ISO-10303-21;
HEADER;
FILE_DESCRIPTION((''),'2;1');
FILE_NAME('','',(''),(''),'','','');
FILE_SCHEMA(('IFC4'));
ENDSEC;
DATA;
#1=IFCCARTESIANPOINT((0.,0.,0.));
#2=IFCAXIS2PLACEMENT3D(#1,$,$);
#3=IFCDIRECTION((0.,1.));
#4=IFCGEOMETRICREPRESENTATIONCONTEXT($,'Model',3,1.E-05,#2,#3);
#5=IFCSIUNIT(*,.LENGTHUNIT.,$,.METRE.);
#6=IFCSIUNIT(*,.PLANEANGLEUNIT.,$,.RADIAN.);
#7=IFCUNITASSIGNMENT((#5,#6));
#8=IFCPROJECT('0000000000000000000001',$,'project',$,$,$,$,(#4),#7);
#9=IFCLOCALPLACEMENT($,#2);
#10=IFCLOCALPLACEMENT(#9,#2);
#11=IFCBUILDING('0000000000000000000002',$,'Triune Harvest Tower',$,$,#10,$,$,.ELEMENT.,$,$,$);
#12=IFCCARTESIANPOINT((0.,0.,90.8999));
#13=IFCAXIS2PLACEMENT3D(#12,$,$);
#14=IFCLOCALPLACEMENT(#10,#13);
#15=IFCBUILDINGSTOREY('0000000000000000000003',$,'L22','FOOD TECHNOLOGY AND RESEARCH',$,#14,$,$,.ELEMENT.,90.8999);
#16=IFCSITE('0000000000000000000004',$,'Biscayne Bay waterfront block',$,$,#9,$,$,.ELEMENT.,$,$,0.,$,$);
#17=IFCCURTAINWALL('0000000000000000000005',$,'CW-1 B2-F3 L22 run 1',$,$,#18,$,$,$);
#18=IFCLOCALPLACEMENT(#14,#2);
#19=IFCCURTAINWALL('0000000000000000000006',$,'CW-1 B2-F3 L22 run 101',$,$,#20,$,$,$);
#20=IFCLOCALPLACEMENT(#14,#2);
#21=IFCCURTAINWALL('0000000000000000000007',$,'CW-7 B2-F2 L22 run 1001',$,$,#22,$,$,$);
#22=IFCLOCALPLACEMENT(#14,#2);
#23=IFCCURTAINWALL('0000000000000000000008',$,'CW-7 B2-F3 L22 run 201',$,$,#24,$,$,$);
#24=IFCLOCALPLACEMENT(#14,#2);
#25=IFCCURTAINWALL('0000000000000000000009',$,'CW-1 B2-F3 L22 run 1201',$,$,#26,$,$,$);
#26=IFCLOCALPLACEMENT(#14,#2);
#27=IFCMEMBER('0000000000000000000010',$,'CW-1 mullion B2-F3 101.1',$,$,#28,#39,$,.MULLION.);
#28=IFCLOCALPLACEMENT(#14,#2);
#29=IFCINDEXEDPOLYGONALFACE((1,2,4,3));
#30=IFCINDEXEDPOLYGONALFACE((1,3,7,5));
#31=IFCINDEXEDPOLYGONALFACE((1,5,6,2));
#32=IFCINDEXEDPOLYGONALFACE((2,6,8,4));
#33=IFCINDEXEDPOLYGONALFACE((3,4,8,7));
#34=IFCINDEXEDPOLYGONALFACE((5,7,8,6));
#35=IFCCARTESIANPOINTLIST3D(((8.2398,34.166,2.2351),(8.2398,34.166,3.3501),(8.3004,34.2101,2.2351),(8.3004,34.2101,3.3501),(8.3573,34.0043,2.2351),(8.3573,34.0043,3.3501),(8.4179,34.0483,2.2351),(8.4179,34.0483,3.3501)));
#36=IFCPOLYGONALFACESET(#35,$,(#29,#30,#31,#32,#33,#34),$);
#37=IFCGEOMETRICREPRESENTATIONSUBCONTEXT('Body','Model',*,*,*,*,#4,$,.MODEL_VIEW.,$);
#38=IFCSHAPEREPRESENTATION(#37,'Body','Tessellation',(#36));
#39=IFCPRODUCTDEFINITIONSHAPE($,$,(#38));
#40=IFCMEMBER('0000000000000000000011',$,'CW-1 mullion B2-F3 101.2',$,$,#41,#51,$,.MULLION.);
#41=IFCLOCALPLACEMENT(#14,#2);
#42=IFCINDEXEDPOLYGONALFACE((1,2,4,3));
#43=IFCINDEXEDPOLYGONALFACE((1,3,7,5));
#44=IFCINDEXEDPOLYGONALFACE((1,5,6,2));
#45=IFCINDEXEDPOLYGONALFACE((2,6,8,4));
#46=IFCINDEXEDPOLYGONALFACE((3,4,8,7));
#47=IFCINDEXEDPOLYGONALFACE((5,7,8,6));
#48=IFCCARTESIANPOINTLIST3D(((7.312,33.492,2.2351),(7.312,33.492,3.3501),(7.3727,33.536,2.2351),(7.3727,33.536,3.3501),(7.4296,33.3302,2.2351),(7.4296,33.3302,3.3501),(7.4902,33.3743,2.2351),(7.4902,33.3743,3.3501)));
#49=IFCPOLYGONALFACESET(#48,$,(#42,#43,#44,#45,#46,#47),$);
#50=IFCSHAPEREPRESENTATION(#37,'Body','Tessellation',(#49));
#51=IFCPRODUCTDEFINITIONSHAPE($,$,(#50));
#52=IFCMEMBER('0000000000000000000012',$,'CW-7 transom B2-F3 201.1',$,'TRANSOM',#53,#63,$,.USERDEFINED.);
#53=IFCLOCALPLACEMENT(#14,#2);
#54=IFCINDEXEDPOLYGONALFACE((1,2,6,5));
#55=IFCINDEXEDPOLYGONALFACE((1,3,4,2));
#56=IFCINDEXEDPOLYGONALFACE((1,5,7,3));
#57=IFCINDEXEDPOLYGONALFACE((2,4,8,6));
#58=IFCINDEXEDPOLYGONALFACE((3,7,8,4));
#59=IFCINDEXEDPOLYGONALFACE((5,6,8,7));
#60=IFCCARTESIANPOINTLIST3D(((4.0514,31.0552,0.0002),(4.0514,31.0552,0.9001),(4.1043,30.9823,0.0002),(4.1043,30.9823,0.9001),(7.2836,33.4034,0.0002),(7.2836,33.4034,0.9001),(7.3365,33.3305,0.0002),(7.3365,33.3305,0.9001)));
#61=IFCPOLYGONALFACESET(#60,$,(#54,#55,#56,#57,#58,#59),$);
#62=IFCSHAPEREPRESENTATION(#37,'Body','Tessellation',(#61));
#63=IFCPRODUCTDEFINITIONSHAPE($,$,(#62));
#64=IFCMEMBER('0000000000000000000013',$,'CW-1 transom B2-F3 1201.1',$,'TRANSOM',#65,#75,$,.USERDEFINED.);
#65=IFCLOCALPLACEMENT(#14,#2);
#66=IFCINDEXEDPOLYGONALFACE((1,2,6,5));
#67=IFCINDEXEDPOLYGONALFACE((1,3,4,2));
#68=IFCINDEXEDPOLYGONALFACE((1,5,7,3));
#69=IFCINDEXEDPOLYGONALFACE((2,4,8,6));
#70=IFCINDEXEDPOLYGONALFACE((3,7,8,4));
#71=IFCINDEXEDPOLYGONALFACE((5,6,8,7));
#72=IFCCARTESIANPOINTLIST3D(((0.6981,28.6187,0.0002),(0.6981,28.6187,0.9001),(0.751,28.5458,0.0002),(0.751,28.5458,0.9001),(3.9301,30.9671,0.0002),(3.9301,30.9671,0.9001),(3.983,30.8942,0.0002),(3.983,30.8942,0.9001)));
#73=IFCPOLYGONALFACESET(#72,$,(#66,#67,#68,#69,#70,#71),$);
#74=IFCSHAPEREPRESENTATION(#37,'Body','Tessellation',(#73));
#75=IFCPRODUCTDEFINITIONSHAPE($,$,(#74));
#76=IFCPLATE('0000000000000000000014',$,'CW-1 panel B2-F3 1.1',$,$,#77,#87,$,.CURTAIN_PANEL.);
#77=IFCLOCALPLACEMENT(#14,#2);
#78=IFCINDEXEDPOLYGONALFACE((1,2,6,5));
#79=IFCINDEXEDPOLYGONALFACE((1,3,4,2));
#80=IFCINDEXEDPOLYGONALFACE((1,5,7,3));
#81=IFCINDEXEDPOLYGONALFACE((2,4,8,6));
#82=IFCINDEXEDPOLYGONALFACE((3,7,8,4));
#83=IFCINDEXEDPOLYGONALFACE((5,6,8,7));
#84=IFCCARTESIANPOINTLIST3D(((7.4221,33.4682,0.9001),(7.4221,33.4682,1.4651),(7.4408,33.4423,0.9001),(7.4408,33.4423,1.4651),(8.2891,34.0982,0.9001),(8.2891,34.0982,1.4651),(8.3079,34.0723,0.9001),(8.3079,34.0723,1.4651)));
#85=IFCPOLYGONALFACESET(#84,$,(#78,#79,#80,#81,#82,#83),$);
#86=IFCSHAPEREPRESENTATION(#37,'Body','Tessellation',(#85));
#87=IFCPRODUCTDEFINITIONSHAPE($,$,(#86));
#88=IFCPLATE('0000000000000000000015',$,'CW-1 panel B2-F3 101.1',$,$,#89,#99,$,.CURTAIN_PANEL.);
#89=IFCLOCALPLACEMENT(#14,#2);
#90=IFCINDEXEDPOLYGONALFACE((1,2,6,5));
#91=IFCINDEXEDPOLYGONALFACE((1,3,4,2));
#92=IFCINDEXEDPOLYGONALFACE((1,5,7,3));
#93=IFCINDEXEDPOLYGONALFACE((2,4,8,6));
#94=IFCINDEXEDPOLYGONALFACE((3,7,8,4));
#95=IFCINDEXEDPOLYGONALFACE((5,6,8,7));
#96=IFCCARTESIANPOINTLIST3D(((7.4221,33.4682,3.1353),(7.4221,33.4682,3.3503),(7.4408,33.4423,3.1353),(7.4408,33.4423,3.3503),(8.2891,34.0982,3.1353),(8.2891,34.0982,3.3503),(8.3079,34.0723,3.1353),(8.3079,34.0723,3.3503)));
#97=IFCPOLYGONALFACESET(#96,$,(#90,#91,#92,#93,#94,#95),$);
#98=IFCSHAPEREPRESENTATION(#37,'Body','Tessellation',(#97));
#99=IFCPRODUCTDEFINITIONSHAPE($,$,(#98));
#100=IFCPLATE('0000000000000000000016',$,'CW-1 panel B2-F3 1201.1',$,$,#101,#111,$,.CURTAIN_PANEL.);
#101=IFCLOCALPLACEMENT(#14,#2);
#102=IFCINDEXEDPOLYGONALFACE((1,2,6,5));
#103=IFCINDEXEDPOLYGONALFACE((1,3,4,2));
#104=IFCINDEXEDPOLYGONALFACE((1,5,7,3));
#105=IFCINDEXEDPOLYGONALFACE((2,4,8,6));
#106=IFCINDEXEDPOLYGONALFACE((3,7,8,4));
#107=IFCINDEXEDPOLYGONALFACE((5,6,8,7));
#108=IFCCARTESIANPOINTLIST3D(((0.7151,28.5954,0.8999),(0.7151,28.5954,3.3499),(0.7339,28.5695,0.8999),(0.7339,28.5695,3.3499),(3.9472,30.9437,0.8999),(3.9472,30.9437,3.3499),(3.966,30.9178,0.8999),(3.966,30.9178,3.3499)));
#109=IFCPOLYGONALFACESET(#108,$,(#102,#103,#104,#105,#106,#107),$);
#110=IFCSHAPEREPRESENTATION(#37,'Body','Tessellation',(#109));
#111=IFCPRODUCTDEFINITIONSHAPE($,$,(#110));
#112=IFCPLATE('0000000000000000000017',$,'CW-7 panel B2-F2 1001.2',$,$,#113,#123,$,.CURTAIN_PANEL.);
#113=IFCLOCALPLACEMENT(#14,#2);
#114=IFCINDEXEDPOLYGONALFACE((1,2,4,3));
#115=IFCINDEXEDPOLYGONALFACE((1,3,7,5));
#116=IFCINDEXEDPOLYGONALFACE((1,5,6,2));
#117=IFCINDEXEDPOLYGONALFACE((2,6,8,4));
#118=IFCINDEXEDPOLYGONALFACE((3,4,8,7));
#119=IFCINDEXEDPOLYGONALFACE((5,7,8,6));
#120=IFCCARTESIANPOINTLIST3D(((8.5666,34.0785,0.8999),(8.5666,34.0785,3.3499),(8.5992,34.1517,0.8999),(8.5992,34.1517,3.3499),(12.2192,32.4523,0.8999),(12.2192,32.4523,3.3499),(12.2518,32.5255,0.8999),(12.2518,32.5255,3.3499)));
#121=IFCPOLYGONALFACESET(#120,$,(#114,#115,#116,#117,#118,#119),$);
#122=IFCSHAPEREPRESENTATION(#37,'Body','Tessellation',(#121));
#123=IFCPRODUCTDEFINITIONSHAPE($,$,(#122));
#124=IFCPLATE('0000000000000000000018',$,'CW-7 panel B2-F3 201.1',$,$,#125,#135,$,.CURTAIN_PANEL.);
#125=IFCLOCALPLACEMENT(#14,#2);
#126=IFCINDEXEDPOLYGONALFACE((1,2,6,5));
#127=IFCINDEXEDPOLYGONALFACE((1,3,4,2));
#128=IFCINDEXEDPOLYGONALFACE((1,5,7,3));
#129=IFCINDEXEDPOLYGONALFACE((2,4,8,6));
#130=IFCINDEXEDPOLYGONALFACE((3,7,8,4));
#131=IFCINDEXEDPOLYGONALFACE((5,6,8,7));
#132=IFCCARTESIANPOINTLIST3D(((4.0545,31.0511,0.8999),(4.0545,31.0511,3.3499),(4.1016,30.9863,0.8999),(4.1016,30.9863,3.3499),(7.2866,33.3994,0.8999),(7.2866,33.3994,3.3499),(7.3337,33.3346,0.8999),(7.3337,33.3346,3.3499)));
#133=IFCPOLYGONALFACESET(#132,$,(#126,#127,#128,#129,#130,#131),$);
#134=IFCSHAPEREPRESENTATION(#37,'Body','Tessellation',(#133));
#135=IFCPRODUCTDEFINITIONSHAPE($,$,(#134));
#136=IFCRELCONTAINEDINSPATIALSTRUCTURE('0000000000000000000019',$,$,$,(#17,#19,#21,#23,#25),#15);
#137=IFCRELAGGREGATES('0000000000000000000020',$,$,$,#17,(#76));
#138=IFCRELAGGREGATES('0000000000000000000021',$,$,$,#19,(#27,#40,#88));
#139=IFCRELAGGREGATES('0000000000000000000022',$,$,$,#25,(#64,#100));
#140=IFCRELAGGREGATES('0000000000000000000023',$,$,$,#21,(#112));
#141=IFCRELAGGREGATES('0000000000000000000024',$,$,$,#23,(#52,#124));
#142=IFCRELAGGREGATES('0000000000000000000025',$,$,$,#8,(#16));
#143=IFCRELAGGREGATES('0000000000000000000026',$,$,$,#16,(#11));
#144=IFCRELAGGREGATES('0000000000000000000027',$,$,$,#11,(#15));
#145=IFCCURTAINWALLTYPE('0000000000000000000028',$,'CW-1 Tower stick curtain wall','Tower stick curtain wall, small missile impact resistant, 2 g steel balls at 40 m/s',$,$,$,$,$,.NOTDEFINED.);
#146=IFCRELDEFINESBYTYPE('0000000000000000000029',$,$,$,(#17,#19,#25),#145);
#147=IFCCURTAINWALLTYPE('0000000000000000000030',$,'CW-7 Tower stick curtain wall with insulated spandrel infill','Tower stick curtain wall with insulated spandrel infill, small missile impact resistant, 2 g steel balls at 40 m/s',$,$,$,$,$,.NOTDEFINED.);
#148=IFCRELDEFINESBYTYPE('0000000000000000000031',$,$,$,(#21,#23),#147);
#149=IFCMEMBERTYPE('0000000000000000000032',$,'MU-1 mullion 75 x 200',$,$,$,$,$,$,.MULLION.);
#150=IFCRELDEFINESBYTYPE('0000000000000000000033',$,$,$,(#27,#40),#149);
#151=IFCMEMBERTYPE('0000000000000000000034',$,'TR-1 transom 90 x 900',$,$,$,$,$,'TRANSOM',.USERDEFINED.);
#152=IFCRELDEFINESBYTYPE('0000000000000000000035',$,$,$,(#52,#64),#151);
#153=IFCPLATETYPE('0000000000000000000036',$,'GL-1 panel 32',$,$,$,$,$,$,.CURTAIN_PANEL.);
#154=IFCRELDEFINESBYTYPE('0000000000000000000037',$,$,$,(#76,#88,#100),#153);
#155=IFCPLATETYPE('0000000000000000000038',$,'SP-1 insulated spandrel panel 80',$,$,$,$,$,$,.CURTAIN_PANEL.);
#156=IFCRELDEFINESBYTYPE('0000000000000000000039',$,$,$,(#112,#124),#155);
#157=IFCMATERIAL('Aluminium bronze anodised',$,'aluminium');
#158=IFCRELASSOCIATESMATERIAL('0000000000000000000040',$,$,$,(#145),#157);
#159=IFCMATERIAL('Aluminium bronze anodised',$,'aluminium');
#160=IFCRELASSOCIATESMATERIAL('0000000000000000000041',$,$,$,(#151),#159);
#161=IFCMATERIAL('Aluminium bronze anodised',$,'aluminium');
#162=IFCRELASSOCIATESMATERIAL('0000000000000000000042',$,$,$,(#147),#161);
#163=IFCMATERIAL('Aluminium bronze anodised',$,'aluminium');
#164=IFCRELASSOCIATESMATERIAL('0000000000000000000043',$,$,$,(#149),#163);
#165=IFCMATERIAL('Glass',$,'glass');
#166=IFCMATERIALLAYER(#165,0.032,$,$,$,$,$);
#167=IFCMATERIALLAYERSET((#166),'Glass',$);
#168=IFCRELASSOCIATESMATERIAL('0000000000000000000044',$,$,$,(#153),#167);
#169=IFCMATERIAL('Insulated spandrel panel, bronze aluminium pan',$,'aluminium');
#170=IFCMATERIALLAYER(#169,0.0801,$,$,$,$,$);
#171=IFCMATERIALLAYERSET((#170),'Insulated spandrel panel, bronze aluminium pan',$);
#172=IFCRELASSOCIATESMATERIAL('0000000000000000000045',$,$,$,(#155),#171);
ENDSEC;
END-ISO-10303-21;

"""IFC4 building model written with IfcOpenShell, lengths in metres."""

from ifc_helpers import new_model, si_unit, direction, frame, origin, origin_2d, place, context, subcontext, project, spatial, rectangle, extrude, source, transform, mapped, material, layer, layer_set, material_profile, profile_set, type_object, element, aggregate, save


model = new_model("IFC4")

# Units and contexts
model_context = context("Model", 3, precision=1e-05, world=origin(), true_north=direction((0.0, 1.0)))
body_context = subcontext(model_context, "Body", "Model", "MODEL_VIEW")
ifc_project = project(units=[si_unit("LENGTHUNIT", "METRE"), si_unit("PLANEANGLEUNIT", "RADIAN")], contexts=[model_context])

# Site, building, storey
site_placement = place(None, origin())
site = spatial("IfcSite", under=ifc_project, at=site_placement, Name="Biscayne Bay waterfront block", CompositionType="ELEMENT", RefElevation=0.0)
building_placement = place(site_placement, origin())
building = spatial("IfcBuilding", under=site, at=building_placement, Name="Triune Harvest Tower", CompositionType="ELEMENT")
storey_placement = place(building_placement, frame((0.0, 0.0, 90.8999)))
storey = spatial("IfcBuildingStorey", under=building, at=storey_placement, Name="L22", Description="FOOD TECHNOLOGY AND RESEARCH", CompositionType="ELEMENT", Elevation=90.8999)

# Curtain walls
ifc_material_1 = material(Name="Aluminium bronze anodised", Category="aluminium")
curtain_wall_type_1 = type_object("IfcCurtainWallType", Name="CW-1 Tower stick curtain wall", Description="Tower stick curtain wall, small missile impact resistant, 2 g steel balls at 40 m/s", PredefinedType="NOTDEFINED", material=ifc_material_1)
curtain_wall_1_placement = place(storey_placement, origin())
curtain_wall_1 = element("IfcCurtainWall", 1, at=curtain_wall_1_placement, inside=storey, type_object=curtain_wall_type_1, Name="CW-1 B2-F3 L22 run 1")
ifc_material_2 = material(Name="Aluminium bronze anodised", Category="aluminium")
ifc_material_profile_1 = material_profile(ifc_material_2, rectangle(XDim=0.0901, YDim=0.8999, at=origin_2d()), Name="TR-1 transom 90 x 900")
ifc_profile_set_1 = profile_set([ifc_material_profile_1], Name="Aluminium bronze anodised")
member_type_1 = type_object("IfcMemberType", Name="TR-1 transom 90 x 900", ElementType="TRANSOM", PredefinedType="USERDEFINED", material=ifc_profile_set_1)
curtain_wall_2_placement = place(storey_placement, origin())
curtain_wall_2 = element("IfcCurtainWall", 2, at=curtain_wall_2_placement, inside=storey, type_object=curtain_wall_type_1, Name="CW-1 B2-F3 L22 run 101")
ifc_material_3 = material(Name="Aluminium bronze anodised", Category="aluminium")
curtain_wall_type_2 = type_object("IfcCurtainWallType", Name="CW-7 Tower stick curtain wall with insulated spandrel infill", Description="Tower stick curtain wall with insulated spandrel infill, small missile impact resistant, 2 g steel balls at 40 m/s", PredefinedType="NOTDEFINED", material=ifc_material_3)
curtain_wall_3_placement = place(storey_placement, origin())
curtain_wall_3 = element("IfcCurtainWall", 3, at=curtain_wall_3_placement, inside=storey, type_object=curtain_wall_type_2, Name="CW-7 B2-F2 L22 run 1001")
ifc_material_4 = material(Name="Aluminium bronze anodised", Category="aluminium")
ifc_material_profile_2 = material_profile(ifc_material_4, rectangle(XDim=0.2, YDim=0.075, at=origin_2d()), Name="MU-1 mullion 75 x 200")
ifc_profile_set_2 = profile_set([ifc_material_profile_2], Name="Aluminium bronze anodised")
member_type_2 = type_object("IfcMemberType", Name="MU-1 mullion 75 x 200", PredefinedType="MULLION", material=ifc_profile_set_2)

# Curtain wall
curtain_wall_4_placement = place(storey_placement, origin())
curtain_wall_4 = element("IfcCurtainWall", 4, at=curtain_wall_4_placement, inside=storey, type_object=curtain_wall_type_2, Name="CW-7 B2-F3 L22 run 201")

# Curtain wall
curtain_wall_5_placement = place(storey_placement, origin())
curtain_wall_5 = element("IfcCurtainWall", 5, at=curtain_wall_5_placement, inside=storey, type_object=curtain_wall_type_1, Name="CW-1 B2-F3 L22 run 1201")

# Members
shared_shape_1 = source(origin(), body_context, "Body", "SweptSolid", [
    extrude(rectangle(XDim=0.2, YDim=0.075, at=origin_2d()), origin(), (0.0, 0.0, 1.0), 1.115),
])
member_1_placement = place(storey_placement, frame((8.3289, 34.1072, 2.2351), z_axis=(0.0, 0.0, 1.0), x_axis=(0.587792, -0.809012, 0.0)))
member_1 = element("IfcMember", 6, at=member_1_placement, type_object=member_type_2, Name="CW-1 mullion B2-F3 101.1", PredefinedType="MULLION", context=body_context, shape_type="MappedRepresentation", body=[
    mapped(shared_shape_1, transform((0.0, 0.0, 0.0), scale=1.0)),
])
member_2_placement = place(storey_placement, frame((7.4011, 33.4331, 2.2351), z_axis=(0.0, 0.0, 1.0), x_axis=(0.587792, -0.809012, 0.0)))
member_2 = element("IfcMember", 7, at=member_2_placement, type_object=member_type_2, Name="CW-1 mullion B2-F3 101.2", PredefinedType="MULLION", context=body_context, shape_type="MappedRepresentation", body=[
    mapped(shared_shape_1, transform((0.0, 0.0, 0.0), scale=1.0)),
])
shared_shape_2 = source(origin(), body_context, "Body", "SweptSolid", [
    extrude(rectangle(XDim=0.0901, YDim=0.8999, at=origin_2d()), origin(), (0.0, 0.0, 1.0), 3.9951),
])
member_3_placement = place(storey_placement, frame((7.3101, 33.3669, 0.4502), z_axis=(-0.809037, -0.587757, 0.0), x_axis=(0.587757, -0.809037, 0.0)))
member_3 = element("IfcMember", 8, at=member_3_placement, type_object=member_type_1, Name="CW-7 transom B2-F3 201.1", ObjectType="TRANSOM", PredefinedType="USERDEFINED", context=body_context, shape_type="MappedRepresentation", body=[
    mapped(shared_shape_2, transform((0.0, 0.0, 0.0), scale=1.0)),
])
member_4_placement = place(storey_placement, frame((3.9565, 30.9307, 0.4502), z_axis=(-0.808987, -0.587826, 0.0), x_axis=(0.587826, -0.808987, 0.0)))
member_4 = element("IfcMember", 9, at=member_4_placement, type_object=member_type_1, Name="CW-1 transom B2-F3 1201.1", ObjectType="TRANSOM", PredefinedType="USERDEFINED", context=body_context, shape_type="MappedRepresentation", body=[
    mapped(shared_shape_2, transform((0.0, 0.0, 0.0), scale=1.0)),
])

# Plates
ifc_material_5 = material(Name="Glass", Category="glass")
ifc_layer_1 = layer(ifc_material_5, 0.032)
ifc_layer_set_1 = layer_set([ifc_layer_1], Name="Glass")
plate_type_1 = type_object("IfcPlateType", Name="GL-1 panel 32", PredefinedType="CURTAIN_PANEL", material=ifc_layer_set_1)
plate_1_placement = place(storey_placement, frame((7.865, 33.7703, 0.9001), z_axis=(0.0, 0.0, 1.0), x_axis=(-0.809012, -0.587792, 0.0)))
plate_1 = element("IfcPlate", 10, at=plate_1_placement, type_object=plate_type_1, Name="CW-1 panel B2-F3 1.1", PredefinedType="CURTAIN_PANEL", context=body_context, shape_type="SweptSolid", body=[
    extrude(rectangle(XDim=1.0718, YDim=0.032, at=origin_2d()), origin(), (0.0, 0.0, 1.0), 0.5649),
])
aggregate(curtain_wall_1, [plate_1])
plate_2_placement = place(storey_placement, frame((7.865, 33.7703, 3.1353), z_axis=(0.0, 0.0, 1.0), x_axis=(-0.809012, -0.587792, 0.0)))
plate_2 = element("IfcPlate", 11, at=plate_2_placement, type_object=plate_type_1, Name="CW-1 panel B2-F3 101.1", PredefinedType="CURTAIN_PANEL", context=body_context, shape_type="SweptSolid", body=[
    extrude(rectangle(XDim=1.0718, YDim=0.032, at=origin_2d()), origin(), (0.0, 0.0, 1.0), 0.2151),
])
aggregate(curtain_wall_2, [member_1, member_2, plate_2])
plate_3_placement = place(storey_placement, frame((2.3406, 29.7566, 0.8999), z_axis=(0.0, 0.0, 1.0), x_axis=(-0.809016, -0.587787, 0.0)))
plate_3 = element("IfcPlate", 12, at=plate_3_placement, type_object=plate_type_1, Name="CW-1 panel B2-F3 1201.1", PredefinedType="CURTAIN_PANEL", context=body_context, shape_type="SweptSolid", body=[
    extrude(rectangle(XDim=3.9951, YDim=0.032, at=origin_2d()), origin(), (0.0, 0.0, 1.0), 2.45),
])
aggregate(curtain_wall_5, [member_4, plate_3])
ifc_material_6 = material(Name="Insulated spandrel panel, bronze aluminium pan", Category="aluminium")
ifc_layer_2 = layer(ifc_material_6, 0.0801)
ifc_layer_set_2 = layer_set([ifc_layer_2], Name="Insulated spandrel panel, bronze aluminium pan")
plate_type_2 = type_object("IfcPlateType", Name="SP-1 insulated spandrel panel 80", PredefinedType="CURTAIN_PANEL", material=ifc_layer_set_2)
shared_shape_3 = source(origin(), body_context, "Body", "SweptSolid", [
    extrude(rectangle(XDim=3.9983, YDim=0.0801, at=origin_2d()), origin(), (0.0, 0.0, 1.0), 2.45),
])
plate_4_placement = place(storey_placement, frame((10.4092, 33.302, 0.8999), z_axis=(0.0, 0.0, 1.0), x_axis=(-0.913546, 0.406735, 0.0)))
plate_4 = element("IfcPlate", 13, at=plate_4_placement, type_object=plate_type_2, Name="CW-7 panel B2-F2 1001.2", PredefinedType="CURTAIN_PANEL", context=body_context, shape_type="MappedRepresentation", body=[
    mapped(shared_shape_3, transform((0.0, 0.0, 0.0), scale=1.0)),
])
aggregate(curtain_wall_3, [plate_4])
shared_shape_4 = source(origin(), body_context, "Body", "SweptSolid", [
    extrude(rectangle(XDim=3.9951, YDim=0.0801, at=origin_2d()), origin(), (0.0, 0.0, 1.0), 2.45),
])
plate_5_placement = place(storey_placement, frame((5.6941, 32.1929, 0.8999), z_axis=(0.0, 0.0, 1.0), x_axis=(-0.809016, -0.587787, 0.0)))
plate_5 = element("IfcPlate", 14, at=plate_5_placement, type_object=plate_type_2, Name="CW-7 panel B2-F3 201.1", PredefinedType="CURTAIN_PANEL", context=body_context, shape_type="MappedRepresentation", body=[
    mapped(shared_shape_4, transform((0.0, 0.0, 0.0), scale=1.0)),
])
aggregate(curtain_wall_4, [member_3, plate_5])

save(model, "model.ifc")
